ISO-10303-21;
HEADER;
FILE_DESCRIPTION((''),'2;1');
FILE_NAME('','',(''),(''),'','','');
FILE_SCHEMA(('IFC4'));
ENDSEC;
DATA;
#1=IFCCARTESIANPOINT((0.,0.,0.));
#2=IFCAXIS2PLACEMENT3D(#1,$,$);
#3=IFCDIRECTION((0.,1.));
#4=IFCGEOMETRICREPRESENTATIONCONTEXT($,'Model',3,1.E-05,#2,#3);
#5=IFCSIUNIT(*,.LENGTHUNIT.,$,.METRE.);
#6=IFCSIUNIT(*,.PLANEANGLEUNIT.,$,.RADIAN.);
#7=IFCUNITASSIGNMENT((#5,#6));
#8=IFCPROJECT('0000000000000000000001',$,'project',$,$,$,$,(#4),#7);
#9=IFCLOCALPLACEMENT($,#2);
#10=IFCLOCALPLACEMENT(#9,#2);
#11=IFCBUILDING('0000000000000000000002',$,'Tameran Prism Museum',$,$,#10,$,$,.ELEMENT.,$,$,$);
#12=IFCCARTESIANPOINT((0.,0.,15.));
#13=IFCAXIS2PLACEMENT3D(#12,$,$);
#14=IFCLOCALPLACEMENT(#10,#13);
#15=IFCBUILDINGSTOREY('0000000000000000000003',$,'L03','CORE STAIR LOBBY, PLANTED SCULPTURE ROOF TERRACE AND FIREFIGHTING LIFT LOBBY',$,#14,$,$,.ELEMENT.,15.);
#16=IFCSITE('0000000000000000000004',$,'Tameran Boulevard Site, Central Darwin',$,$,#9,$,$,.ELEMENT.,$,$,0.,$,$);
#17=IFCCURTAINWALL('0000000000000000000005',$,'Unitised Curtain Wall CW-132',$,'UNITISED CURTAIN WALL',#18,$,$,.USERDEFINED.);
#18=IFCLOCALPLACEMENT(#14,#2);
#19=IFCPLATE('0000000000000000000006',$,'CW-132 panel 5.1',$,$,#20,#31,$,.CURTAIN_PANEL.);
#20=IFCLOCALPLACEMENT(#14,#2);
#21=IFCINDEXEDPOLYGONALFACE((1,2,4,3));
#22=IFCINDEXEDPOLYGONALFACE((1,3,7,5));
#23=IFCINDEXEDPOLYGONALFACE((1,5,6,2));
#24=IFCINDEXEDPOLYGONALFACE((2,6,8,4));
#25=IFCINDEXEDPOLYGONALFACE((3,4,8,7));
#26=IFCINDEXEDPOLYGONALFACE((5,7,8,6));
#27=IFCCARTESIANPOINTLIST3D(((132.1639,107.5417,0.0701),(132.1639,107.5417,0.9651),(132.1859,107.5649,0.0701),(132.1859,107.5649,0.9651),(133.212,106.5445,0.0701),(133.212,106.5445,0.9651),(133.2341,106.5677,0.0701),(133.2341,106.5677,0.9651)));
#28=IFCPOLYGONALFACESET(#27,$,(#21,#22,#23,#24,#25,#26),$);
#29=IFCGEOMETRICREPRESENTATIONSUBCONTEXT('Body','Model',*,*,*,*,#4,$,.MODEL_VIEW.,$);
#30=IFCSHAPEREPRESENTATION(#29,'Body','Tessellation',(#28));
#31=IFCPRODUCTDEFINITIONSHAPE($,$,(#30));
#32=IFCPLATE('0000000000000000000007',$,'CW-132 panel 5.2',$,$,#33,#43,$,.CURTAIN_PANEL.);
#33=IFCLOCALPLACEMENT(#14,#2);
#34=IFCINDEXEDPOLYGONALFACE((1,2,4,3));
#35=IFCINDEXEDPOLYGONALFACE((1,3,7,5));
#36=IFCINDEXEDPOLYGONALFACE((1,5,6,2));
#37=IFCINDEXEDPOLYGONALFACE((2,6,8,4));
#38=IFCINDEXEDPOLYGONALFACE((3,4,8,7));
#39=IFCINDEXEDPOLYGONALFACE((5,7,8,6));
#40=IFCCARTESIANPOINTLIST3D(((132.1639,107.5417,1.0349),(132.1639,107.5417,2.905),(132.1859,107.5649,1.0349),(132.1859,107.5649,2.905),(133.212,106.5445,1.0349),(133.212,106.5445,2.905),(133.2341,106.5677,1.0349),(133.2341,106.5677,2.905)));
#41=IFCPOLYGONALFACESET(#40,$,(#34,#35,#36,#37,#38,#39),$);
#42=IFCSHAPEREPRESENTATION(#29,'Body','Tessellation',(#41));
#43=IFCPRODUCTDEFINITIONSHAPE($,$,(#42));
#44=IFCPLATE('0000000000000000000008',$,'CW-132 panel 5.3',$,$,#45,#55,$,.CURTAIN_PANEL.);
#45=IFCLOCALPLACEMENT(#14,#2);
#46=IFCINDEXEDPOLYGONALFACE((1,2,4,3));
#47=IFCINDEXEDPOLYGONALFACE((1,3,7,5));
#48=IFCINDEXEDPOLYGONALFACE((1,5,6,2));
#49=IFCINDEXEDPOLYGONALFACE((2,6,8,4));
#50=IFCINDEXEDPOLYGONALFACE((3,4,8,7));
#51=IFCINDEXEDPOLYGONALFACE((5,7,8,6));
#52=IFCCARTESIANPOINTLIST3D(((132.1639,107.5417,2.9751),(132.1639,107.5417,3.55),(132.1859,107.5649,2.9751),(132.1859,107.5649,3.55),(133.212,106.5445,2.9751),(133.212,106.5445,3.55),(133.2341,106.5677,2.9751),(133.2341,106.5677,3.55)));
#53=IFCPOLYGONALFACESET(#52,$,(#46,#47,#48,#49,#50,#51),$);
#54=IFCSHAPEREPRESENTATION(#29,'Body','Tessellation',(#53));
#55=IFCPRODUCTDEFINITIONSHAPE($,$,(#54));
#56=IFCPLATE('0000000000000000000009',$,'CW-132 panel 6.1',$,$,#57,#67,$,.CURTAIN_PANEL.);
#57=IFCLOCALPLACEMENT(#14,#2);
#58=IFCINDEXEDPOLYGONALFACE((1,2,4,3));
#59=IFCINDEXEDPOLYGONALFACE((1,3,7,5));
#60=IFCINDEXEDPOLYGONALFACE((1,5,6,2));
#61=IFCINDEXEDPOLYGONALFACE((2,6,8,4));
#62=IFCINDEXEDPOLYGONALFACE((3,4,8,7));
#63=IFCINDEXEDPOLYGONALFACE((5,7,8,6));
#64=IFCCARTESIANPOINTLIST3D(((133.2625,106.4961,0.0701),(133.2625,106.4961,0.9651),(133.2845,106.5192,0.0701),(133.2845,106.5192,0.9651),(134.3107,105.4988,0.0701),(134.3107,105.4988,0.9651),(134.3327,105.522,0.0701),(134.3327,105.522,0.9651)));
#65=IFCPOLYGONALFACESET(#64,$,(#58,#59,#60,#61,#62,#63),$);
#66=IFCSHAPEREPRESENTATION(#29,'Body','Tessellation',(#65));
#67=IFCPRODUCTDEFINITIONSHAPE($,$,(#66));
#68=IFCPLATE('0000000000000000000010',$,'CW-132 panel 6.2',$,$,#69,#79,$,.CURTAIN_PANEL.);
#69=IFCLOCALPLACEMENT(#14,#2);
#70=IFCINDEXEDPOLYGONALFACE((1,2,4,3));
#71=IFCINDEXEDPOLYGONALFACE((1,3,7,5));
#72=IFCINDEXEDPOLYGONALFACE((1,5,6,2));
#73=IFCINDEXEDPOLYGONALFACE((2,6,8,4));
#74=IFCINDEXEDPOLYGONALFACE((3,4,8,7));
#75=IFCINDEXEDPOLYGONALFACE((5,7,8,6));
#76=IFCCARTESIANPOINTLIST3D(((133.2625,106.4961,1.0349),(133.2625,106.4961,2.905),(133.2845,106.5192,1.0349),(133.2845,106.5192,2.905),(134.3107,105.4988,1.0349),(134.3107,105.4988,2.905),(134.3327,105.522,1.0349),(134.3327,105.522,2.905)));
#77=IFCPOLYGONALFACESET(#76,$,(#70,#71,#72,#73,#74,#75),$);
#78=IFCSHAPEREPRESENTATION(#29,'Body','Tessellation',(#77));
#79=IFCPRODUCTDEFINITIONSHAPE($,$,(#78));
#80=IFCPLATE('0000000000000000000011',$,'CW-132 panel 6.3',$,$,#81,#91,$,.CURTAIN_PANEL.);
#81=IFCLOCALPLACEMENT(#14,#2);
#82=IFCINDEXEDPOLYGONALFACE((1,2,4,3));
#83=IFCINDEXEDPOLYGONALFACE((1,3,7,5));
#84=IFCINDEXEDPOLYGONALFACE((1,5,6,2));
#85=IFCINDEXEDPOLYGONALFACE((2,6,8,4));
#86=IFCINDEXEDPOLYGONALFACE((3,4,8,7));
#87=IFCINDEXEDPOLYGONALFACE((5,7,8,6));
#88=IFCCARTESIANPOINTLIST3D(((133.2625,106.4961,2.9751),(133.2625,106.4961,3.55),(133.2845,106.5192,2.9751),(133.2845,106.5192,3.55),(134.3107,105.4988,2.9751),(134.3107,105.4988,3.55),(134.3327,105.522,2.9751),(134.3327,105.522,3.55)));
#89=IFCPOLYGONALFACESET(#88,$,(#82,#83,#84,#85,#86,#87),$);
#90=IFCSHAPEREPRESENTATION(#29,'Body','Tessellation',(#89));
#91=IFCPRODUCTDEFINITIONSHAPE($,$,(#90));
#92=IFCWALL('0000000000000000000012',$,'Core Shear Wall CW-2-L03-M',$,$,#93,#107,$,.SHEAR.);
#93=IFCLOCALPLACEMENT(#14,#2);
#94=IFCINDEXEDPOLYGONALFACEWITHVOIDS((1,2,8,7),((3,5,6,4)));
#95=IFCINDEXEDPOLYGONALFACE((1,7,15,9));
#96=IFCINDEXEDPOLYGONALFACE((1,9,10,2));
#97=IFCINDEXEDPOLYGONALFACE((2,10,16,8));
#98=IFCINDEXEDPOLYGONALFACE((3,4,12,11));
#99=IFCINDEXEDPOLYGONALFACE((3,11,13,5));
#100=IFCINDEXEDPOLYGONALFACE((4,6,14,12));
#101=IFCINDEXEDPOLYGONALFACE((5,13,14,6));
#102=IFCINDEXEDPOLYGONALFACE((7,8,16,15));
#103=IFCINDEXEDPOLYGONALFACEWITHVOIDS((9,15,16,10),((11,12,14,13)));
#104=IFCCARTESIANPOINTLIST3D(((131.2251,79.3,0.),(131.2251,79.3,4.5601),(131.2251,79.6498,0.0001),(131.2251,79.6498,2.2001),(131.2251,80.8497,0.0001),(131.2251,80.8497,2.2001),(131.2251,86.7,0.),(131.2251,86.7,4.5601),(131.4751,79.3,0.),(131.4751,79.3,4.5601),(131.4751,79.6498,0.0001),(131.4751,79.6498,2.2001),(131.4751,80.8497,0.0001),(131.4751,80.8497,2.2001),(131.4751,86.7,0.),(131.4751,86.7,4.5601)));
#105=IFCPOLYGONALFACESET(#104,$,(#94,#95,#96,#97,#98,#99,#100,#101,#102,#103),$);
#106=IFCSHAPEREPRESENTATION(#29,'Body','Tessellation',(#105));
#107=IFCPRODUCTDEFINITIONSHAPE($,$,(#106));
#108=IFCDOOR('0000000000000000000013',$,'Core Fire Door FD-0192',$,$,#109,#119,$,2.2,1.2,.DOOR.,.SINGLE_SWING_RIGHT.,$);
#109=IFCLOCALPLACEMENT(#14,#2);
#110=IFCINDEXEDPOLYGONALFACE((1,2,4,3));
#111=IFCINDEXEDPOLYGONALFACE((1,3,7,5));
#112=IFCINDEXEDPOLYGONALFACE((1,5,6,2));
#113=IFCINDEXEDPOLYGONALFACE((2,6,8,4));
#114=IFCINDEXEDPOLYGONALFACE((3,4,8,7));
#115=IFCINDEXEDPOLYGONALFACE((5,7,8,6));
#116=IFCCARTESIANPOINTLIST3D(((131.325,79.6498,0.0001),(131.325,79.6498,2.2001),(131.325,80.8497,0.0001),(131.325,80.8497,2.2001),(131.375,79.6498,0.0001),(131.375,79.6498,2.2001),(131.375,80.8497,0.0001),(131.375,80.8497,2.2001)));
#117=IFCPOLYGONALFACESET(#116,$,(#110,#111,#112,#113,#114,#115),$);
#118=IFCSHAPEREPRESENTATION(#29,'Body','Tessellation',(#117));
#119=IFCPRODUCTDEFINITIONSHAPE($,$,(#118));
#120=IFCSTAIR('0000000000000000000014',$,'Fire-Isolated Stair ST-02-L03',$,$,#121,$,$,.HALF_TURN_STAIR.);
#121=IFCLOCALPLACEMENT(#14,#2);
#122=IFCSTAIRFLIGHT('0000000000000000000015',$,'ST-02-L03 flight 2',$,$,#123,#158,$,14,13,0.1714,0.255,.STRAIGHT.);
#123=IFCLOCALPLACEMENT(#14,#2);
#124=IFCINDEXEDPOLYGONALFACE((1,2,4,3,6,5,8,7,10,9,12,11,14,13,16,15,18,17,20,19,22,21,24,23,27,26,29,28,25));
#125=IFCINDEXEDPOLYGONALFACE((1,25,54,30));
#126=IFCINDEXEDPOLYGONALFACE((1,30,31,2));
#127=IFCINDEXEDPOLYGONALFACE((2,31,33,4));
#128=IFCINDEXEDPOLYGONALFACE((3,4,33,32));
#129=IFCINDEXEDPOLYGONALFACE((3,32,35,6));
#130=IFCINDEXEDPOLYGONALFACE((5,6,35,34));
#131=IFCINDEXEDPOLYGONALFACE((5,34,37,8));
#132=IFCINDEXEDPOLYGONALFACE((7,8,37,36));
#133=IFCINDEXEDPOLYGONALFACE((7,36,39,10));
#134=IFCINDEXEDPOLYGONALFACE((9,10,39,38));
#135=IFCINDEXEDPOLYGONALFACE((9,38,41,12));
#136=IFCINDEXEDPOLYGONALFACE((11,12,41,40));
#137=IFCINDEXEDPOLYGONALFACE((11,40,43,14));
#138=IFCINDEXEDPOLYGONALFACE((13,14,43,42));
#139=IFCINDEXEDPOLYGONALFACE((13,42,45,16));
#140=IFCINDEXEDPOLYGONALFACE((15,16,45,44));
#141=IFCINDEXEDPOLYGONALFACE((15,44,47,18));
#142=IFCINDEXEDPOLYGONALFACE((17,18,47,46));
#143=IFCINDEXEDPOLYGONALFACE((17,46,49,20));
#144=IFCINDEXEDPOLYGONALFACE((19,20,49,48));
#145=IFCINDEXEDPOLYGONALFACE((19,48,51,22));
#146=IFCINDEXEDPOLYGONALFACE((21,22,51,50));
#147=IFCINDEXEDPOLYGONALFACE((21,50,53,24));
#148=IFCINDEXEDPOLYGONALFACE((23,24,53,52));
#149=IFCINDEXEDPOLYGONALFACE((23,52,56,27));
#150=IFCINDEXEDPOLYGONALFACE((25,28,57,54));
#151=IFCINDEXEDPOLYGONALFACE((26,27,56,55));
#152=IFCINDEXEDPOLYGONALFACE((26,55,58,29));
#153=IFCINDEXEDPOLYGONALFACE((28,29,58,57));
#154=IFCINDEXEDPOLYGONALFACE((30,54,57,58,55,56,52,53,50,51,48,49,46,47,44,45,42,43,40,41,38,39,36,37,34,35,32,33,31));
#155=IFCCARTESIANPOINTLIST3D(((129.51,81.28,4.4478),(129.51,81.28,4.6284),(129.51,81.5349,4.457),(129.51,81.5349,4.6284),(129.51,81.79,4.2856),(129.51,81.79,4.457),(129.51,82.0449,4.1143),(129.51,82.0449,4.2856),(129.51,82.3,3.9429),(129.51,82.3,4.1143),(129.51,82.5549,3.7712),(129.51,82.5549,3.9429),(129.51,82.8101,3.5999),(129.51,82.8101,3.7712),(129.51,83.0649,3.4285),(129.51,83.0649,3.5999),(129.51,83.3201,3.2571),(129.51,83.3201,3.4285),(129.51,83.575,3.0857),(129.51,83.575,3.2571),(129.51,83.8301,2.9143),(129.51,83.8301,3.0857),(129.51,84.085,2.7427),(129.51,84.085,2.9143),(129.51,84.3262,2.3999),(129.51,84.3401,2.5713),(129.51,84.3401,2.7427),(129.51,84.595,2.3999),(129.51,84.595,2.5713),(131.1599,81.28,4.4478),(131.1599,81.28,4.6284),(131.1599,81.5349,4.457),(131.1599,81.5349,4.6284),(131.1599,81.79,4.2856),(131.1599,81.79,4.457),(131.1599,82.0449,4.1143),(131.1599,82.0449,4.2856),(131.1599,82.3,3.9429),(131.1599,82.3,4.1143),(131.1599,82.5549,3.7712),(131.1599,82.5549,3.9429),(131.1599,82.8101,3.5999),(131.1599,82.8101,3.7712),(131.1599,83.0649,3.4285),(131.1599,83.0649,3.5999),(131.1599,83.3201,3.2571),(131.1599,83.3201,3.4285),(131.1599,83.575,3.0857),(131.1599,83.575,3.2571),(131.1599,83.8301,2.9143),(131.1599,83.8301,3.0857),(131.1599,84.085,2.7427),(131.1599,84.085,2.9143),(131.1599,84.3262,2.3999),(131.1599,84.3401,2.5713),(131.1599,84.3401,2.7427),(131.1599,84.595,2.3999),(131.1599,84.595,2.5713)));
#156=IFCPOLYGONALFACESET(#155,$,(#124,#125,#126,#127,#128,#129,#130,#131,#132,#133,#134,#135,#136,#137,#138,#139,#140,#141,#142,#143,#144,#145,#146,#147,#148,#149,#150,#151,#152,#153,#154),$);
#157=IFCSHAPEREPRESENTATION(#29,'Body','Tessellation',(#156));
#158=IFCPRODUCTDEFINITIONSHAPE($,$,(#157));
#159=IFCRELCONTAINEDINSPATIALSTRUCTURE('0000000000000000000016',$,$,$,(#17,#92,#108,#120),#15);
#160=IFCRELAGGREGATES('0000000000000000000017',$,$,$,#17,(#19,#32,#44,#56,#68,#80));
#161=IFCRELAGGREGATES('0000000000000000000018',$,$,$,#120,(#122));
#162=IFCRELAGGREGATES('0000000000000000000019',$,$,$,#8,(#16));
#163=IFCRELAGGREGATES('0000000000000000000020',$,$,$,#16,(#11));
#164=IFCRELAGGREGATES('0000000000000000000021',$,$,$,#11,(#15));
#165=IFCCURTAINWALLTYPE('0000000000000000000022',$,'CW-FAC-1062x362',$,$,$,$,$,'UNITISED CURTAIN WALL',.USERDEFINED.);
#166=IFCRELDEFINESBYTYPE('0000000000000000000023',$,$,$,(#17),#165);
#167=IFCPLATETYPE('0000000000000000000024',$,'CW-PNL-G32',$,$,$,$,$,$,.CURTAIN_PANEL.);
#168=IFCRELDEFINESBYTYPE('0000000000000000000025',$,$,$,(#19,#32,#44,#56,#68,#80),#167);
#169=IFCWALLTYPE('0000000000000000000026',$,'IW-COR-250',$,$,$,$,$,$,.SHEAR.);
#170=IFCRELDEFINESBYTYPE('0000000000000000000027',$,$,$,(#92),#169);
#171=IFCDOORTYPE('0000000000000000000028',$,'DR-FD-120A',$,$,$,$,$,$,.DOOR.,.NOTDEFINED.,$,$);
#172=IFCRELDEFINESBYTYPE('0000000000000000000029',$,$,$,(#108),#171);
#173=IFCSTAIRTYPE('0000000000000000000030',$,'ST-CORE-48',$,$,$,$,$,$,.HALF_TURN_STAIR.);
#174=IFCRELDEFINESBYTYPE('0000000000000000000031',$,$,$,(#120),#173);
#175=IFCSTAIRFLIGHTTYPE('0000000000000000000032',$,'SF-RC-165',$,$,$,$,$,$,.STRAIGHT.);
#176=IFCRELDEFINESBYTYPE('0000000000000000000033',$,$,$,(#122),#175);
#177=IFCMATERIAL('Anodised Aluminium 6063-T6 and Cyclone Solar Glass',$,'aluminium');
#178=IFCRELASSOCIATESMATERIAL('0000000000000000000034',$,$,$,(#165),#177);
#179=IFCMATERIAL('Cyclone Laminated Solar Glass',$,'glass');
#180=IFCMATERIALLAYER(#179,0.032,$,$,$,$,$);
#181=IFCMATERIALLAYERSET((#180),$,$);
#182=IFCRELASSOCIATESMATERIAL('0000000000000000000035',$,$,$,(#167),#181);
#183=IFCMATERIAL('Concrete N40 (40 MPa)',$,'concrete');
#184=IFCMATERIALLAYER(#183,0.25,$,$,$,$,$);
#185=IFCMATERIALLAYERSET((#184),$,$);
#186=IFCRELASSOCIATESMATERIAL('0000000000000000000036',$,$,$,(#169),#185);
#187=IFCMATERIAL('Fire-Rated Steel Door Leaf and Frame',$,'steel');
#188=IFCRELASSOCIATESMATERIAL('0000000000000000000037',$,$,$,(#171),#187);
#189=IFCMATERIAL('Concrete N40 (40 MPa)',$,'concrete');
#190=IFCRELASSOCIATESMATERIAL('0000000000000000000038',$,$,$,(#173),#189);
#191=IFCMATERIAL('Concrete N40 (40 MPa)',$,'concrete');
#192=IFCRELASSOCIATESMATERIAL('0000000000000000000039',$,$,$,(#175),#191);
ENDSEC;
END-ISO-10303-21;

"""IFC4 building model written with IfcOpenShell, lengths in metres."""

from ifc_helpers import new_model, si_unit, direction, frame, frame_2d, origin, origin_2d, place, context, subcontext, project, spatial, polyline, rectangle, outline, extrude, material, layer, layer_set, type_object, element, fill, aggregate, save


model = new_model("IFC4")

# Units and contexts
model_context = context("Model", 3, precision=1e-05, world=origin(), true_north=direction((0.0, 1.0)))
body_context = subcontext(model_context, "Body", "Model", "MODEL_VIEW")
ifc_project = project(units=[si_unit("LENGTHUNIT", "METRE"), si_unit("PLANEANGLEUNIT", "RADIAN")], contexts=[model_context])

# Site, building, storey
site_placement = place(None, origin())
site = spatial("IfcSite", under=ifc_project, at=site_placement, Name="Tameran Boulevard Site, Central Darwin", CompositionType="ELEMENT", RefElevation=0.0)
building_placement = place(site_placement, origin())
building = spatial("IfcBuilding", under=site, at=building_placement, Name="Tameran Prism Museum", CompositionType="ELEMENT")
storey_placement = place(building_placement, frame((0.0, 0.0, 15.0)))
storey = spatial("IfcBuildingStorey", under=building, at=storey_placement, Name="L03", Description="CORE STAIR LOBBY, PLANTED SCULPTURE ROOF TERRACE AND FIREFIGHTING LIFT LOBBY", CompositionType="ELEMENT", Elevation=15.0)

# Curtain wall, plates
ifc_material_1 = material(Name="Anodised Aluminium 6063-T6 and Cyclone Solar Glass", Category="aluminium")
curtain_wall_type = type_object("IfcCurtainWallType", Name="CW-FAC-1062x362", ElementType="UNITISED CURTAIN WALL", PredefinedType="USERDEFINED", material=ifc_material_1)
curtain_wall_placement = place(storey_placement, origin())
curtain_wall = element("IfcCurtainWall", 1, at=curtain_wall_placement, inside=storey, type_object=curtain_wall_type, Name="Unitised Curtain Wall CW-132", ObjectType="UNITISED CURTAIN WALL", PredefinedType="USERDEFINED")
ifc_material_2 = material(Name="Cyclone Laminated Solar Glass", Category="glass")
ifc_layer_1 = layer(ifc_material_2, 0.032)
ifc_layer_set_1 = layer_set([ifc_layer_1])
plate_type = type_object("IfcPlateType", Name="CW-PNL-G32", PredefinedType="CURTAIN_PANEL", material=ifc_layer_set_1)
plate_1_placement = place(storey_placement, frame((132.699, 107.0547, 0.0701), z_axis=(0.0, 0.0, 1.0), x_axis=(0.724501, -0.689274, 0.0)))
plate_1 = element("IfcPlate", 2, at=plate_1_placement, type_object=plate_type, Name="CW-132 panel 5.1", PredefinedType="CURTAIN_PANEL", context=body_context, shape_type="SweptSolid", body=[
    extrude(rectangle(XDim=1.4468, YDim=0.032, at=origin_2d()), origin(), (0.0, 0.0, 1.0), 0.895),
])
plate_2_placement = place(storey_placement, frame((132.699, 107.0547, 1.0349), z_axis=(0.0, 0.0, 1.0), x_axis=(0.724501, -0.689274, 0.0)))
plate_2 = element("IfcPlate", 3, at=plate_2_placement, type_object=plate_type, Name="CW-132 panel 5.2", PredefinedType="CURTAIN_PANEL", context=body_context, shape_type="SweptSolid", body=[
    extrude(rectangle(XDim=1.4468, YDim=0.032, at=origin_2d()), origin(), (0.0, 0.0, 1.0), 1.8701),
])
plate_3_placement = place(storey_placement, frame((132.699, 107.0547, 2.9751), z_axis=(0.0, 0.0, 1.0), x_axis=(0.724501, -0.689274, 0.0)))
plate_3 = element("IfcPlate", 4, at=plate_3_placement, type_object=plate_type, Name="CW-132 panel 5.3", PredefinedType="CURTAIN_PANEL", context=body_context, shape_type="SweptSolid", body=[
    extrude(rectangle(XDim=1.4468, YDim=0.032, at=origin_2d()), origin(), (0.0, 0.0, 1.0), 0.575),
])
plate_4_placement = place(storey_placement, frame((133.7976, 106.009, 0.0701), z_axis=(0.0, 0.0, 1.0), x_axis=(0.724501, -0.689274, 0.0)))
plate_4 = element("IfcPlate", 5, at=plate_4_placement, type_object=plate_type, Name="CW-132 panel 6.1", PredefinedType="CURTAIN_PANEL", context=body_context, shape_type="SweptSolid", body=[
    extrude(rectangle(XDim=1.4468, YDim=0.032, at=origin_2d()), origin(), (0.0, 0.0, 1.0), 0.895),
])
plate_5_placement = place(storey_placement, frame((133.7976, 106.009, 1.0349), z_axis=(0.0, 0.0, 1.0), x_axis=(0.724501, -0.689274, 0.0)))
plate_5 = element("IfcPlate", 6, at=plate_5_placement, type_object=plate_type, Name="CW-132 panel 6.2", PredefinedType="CURTAIN_PANEL", context=body_context, shape_type="SweptSolid", body=[
    extrude(rectangle(XDim=1.4468, YDim=0.032, at=origin_2d()), origin(), (0.0, 0.0, 1.0), 1.8701),
])
plate_6_placement = place(storey_placement, frame((133.7976, 106.009, 2.9751), z_axis=(0.0, 0.0, 1.0), x_axis=(0.724501, -0.689274, 0.0)))
plate_6 = element("IfcPlate", 7, at=plate_6_placement, type_object=plate_type, Name="CW-132 panel 6.3", PredefinedType="CURTAIN_PANEL", context=body_context, shape_type="SweptSolid", body=[
    extrude(rectangle(XDim=1.4468, YDim=0.032, at=origin_2d()), origin(), (0.0, 0.0, 1.0), 0.575),
])
aggregate(curtain_wall, [plate_1, plate_2, plate_3, plate_4, plate_5, plate_6])

# Wall, opening, door
ifc_material_3 = material(Name="Concrete N40 (40 MPa)", Category="concrete")
ifc_layer_2 = layer(ifc_material_3, 0.25)
ifc_layer_set_2 = layer_set([ifc_layer_2])
wall_type = type_object("IfcWallType", Name="IW-COR-250", PredefinedType="SHEAR", material=ifc_layer_set_2)
wall_placement = place(storey_placement, frame((131.3501, 86.7, 0.0), z_axis=(0.0, 0.0, 1.0), x_axis=(0.0, -1.0, 0.0)))
wall = element("IfcWall", 8, at=wall_placement, inside=storey, type_object=wall_type, Name="Core Shear Wall CW-2-L03-M", PredefinedType="SHEAR", context=body_context, shape_type="SweptSolid", body=[
    extrude(rectangle(XDim=7.3999, YDim=0.25, at=frame_2d((3.7, 0.0))), origin(), (0.0, 0.0, 1.0), 4.5601),
])
opening_placement = place(wall_placement, frame((5.8501, 0.0, 0.0)))
opening = element("IfcOpeningElement", 9, at=opening_placement, cuts=wall, PredefinedType="OPENING", context=body_context, shape_type="SweptSolid", body=[
    extrude(rectangle(XDim=1.2, YDim=2.2, at=frame_2d((0.6001, 1.1001))), frame((0.0, 0.135, 0.0), z_axis=(0.0, -1.0, 0.0), x_axis=(1.0, 0.0, 0.0)), (0.0, 0.0, 1.0), 0.27),
])
ifc_material_4 = material(Name="Fire-Rated Steel Door Leaf and Frame", Category="steel")
door_type = type_object("IfcDoorType", Name="DR-FD-120A", OperationType="NOTDEFINED", PredefinedType="DOOR", material=ifc_material_4)
door_placement = place(opening_placement, origin())
door = element("IfcDoor", 10, at=door_placement, inside=storey, type_object=door_type, Name="Core Fire Door FD-0192", OperationType="SINGLE_SWING_RIGHT", OverallHeight=2.2, OverallWidth=1.2, PredefinedType="DOOR", context=body_context, shape_type="SweptSolid", body=[
    extrude(rectangle(XDim=1.2, YDim=2.2, at=frame_2d((0.6001, 1.1001))), frame((0.0, 0.0249, 0.0), z_axis=(0.0, -1.0, 0.0), x_axis=(1.0, 0.0, 0.0)), (0.0, 0.0, 1.0), 0.05),
])
fill(opening, door)

# Stair, stair flight
ifc_material_5 = material(Name="Concrete N40 (40 MPa)", Category="concrete")
stair_type = type_object("IfcStairType", Name="ST-CORE-48", PredefinedType="HALF_TURN_STAIR", material=ifc_material_5)
stair_placement = place(storey_placement, origin())
stair = element("IfcStair", 11, at=stair_placement, inside=storey, type_object=stair_type, Name="Fire-Isolated Stair ST-02-L03", PredefinedType="HALF_TURN_STAIR")
ifc_material_6 = material(Name="Concrete N40 (40 MPa)", Category="concrete")
stair_flight_type = type_object("IfcStairFlightType", Name="SF-RC-165", PredefinedType="STRAIGHT", material=ifc_material_6)
stair_flight_placement = place(storey_placement, frame((130.335, 84.595, 2.3999), z_axis=(0.0, 0.0, 1.0), x_axis=(0.0, -1.0, 0.0)))
stair_flight = element("IfcStairFlight", 12, at=stair_flight_placement, type_object=stair_flight_type, Name="ST-02-L03 flight 2", NumberOfRisers=14, NumberOfTreads=13, PredefinedType="STRAIGHT", RiserHeight=0.1714, TreadLength=0.255, context=body_context, shape_type="SweptSolid", body=[
    extrude(outline(polyline([(0.0, 0.0), (0.0, 0.1714), (0.2549, 0.1714), (0.2549, 0.3428), (0.51, 0.3428), (0.51, 0.5144), (0.7649, 0.5144), (0.7649, 0.6858), (1.02, 0.6858), (1.02, 0.8572), (1.2749, 0.8572), (1.2749, 1.0286), (1.53, 1.0286), (1.53, 1.2), (1.7849, 1.2), (1.7849, 1.3713), (2.04, 1.3713), (2.04, 1.543), (2.2949, 1.543), (2.2949, 1.7144), (2.55, 1.7144), (2.55, 1.8857), (2.8049, 1.8857), (2.8049, 2.0571), (3.0601, 2.0571), (3.0601, 2.2285), (3.3149, 2.2285), (3.3149, 2.3999), (3.3149, 2.0479), (0.2688, 0.0), (0.0, 0.0)])), frame((0.0, 0.825, 0.0), z_axis=(0.0, -1.0, 0.0), x_axis=(1.0, 0.0, 0.0)), (0.0, 0.0, 1.0), 1.6499),
])
aggregate(stair, [stair_flight])

save(model, "model.ifc")
